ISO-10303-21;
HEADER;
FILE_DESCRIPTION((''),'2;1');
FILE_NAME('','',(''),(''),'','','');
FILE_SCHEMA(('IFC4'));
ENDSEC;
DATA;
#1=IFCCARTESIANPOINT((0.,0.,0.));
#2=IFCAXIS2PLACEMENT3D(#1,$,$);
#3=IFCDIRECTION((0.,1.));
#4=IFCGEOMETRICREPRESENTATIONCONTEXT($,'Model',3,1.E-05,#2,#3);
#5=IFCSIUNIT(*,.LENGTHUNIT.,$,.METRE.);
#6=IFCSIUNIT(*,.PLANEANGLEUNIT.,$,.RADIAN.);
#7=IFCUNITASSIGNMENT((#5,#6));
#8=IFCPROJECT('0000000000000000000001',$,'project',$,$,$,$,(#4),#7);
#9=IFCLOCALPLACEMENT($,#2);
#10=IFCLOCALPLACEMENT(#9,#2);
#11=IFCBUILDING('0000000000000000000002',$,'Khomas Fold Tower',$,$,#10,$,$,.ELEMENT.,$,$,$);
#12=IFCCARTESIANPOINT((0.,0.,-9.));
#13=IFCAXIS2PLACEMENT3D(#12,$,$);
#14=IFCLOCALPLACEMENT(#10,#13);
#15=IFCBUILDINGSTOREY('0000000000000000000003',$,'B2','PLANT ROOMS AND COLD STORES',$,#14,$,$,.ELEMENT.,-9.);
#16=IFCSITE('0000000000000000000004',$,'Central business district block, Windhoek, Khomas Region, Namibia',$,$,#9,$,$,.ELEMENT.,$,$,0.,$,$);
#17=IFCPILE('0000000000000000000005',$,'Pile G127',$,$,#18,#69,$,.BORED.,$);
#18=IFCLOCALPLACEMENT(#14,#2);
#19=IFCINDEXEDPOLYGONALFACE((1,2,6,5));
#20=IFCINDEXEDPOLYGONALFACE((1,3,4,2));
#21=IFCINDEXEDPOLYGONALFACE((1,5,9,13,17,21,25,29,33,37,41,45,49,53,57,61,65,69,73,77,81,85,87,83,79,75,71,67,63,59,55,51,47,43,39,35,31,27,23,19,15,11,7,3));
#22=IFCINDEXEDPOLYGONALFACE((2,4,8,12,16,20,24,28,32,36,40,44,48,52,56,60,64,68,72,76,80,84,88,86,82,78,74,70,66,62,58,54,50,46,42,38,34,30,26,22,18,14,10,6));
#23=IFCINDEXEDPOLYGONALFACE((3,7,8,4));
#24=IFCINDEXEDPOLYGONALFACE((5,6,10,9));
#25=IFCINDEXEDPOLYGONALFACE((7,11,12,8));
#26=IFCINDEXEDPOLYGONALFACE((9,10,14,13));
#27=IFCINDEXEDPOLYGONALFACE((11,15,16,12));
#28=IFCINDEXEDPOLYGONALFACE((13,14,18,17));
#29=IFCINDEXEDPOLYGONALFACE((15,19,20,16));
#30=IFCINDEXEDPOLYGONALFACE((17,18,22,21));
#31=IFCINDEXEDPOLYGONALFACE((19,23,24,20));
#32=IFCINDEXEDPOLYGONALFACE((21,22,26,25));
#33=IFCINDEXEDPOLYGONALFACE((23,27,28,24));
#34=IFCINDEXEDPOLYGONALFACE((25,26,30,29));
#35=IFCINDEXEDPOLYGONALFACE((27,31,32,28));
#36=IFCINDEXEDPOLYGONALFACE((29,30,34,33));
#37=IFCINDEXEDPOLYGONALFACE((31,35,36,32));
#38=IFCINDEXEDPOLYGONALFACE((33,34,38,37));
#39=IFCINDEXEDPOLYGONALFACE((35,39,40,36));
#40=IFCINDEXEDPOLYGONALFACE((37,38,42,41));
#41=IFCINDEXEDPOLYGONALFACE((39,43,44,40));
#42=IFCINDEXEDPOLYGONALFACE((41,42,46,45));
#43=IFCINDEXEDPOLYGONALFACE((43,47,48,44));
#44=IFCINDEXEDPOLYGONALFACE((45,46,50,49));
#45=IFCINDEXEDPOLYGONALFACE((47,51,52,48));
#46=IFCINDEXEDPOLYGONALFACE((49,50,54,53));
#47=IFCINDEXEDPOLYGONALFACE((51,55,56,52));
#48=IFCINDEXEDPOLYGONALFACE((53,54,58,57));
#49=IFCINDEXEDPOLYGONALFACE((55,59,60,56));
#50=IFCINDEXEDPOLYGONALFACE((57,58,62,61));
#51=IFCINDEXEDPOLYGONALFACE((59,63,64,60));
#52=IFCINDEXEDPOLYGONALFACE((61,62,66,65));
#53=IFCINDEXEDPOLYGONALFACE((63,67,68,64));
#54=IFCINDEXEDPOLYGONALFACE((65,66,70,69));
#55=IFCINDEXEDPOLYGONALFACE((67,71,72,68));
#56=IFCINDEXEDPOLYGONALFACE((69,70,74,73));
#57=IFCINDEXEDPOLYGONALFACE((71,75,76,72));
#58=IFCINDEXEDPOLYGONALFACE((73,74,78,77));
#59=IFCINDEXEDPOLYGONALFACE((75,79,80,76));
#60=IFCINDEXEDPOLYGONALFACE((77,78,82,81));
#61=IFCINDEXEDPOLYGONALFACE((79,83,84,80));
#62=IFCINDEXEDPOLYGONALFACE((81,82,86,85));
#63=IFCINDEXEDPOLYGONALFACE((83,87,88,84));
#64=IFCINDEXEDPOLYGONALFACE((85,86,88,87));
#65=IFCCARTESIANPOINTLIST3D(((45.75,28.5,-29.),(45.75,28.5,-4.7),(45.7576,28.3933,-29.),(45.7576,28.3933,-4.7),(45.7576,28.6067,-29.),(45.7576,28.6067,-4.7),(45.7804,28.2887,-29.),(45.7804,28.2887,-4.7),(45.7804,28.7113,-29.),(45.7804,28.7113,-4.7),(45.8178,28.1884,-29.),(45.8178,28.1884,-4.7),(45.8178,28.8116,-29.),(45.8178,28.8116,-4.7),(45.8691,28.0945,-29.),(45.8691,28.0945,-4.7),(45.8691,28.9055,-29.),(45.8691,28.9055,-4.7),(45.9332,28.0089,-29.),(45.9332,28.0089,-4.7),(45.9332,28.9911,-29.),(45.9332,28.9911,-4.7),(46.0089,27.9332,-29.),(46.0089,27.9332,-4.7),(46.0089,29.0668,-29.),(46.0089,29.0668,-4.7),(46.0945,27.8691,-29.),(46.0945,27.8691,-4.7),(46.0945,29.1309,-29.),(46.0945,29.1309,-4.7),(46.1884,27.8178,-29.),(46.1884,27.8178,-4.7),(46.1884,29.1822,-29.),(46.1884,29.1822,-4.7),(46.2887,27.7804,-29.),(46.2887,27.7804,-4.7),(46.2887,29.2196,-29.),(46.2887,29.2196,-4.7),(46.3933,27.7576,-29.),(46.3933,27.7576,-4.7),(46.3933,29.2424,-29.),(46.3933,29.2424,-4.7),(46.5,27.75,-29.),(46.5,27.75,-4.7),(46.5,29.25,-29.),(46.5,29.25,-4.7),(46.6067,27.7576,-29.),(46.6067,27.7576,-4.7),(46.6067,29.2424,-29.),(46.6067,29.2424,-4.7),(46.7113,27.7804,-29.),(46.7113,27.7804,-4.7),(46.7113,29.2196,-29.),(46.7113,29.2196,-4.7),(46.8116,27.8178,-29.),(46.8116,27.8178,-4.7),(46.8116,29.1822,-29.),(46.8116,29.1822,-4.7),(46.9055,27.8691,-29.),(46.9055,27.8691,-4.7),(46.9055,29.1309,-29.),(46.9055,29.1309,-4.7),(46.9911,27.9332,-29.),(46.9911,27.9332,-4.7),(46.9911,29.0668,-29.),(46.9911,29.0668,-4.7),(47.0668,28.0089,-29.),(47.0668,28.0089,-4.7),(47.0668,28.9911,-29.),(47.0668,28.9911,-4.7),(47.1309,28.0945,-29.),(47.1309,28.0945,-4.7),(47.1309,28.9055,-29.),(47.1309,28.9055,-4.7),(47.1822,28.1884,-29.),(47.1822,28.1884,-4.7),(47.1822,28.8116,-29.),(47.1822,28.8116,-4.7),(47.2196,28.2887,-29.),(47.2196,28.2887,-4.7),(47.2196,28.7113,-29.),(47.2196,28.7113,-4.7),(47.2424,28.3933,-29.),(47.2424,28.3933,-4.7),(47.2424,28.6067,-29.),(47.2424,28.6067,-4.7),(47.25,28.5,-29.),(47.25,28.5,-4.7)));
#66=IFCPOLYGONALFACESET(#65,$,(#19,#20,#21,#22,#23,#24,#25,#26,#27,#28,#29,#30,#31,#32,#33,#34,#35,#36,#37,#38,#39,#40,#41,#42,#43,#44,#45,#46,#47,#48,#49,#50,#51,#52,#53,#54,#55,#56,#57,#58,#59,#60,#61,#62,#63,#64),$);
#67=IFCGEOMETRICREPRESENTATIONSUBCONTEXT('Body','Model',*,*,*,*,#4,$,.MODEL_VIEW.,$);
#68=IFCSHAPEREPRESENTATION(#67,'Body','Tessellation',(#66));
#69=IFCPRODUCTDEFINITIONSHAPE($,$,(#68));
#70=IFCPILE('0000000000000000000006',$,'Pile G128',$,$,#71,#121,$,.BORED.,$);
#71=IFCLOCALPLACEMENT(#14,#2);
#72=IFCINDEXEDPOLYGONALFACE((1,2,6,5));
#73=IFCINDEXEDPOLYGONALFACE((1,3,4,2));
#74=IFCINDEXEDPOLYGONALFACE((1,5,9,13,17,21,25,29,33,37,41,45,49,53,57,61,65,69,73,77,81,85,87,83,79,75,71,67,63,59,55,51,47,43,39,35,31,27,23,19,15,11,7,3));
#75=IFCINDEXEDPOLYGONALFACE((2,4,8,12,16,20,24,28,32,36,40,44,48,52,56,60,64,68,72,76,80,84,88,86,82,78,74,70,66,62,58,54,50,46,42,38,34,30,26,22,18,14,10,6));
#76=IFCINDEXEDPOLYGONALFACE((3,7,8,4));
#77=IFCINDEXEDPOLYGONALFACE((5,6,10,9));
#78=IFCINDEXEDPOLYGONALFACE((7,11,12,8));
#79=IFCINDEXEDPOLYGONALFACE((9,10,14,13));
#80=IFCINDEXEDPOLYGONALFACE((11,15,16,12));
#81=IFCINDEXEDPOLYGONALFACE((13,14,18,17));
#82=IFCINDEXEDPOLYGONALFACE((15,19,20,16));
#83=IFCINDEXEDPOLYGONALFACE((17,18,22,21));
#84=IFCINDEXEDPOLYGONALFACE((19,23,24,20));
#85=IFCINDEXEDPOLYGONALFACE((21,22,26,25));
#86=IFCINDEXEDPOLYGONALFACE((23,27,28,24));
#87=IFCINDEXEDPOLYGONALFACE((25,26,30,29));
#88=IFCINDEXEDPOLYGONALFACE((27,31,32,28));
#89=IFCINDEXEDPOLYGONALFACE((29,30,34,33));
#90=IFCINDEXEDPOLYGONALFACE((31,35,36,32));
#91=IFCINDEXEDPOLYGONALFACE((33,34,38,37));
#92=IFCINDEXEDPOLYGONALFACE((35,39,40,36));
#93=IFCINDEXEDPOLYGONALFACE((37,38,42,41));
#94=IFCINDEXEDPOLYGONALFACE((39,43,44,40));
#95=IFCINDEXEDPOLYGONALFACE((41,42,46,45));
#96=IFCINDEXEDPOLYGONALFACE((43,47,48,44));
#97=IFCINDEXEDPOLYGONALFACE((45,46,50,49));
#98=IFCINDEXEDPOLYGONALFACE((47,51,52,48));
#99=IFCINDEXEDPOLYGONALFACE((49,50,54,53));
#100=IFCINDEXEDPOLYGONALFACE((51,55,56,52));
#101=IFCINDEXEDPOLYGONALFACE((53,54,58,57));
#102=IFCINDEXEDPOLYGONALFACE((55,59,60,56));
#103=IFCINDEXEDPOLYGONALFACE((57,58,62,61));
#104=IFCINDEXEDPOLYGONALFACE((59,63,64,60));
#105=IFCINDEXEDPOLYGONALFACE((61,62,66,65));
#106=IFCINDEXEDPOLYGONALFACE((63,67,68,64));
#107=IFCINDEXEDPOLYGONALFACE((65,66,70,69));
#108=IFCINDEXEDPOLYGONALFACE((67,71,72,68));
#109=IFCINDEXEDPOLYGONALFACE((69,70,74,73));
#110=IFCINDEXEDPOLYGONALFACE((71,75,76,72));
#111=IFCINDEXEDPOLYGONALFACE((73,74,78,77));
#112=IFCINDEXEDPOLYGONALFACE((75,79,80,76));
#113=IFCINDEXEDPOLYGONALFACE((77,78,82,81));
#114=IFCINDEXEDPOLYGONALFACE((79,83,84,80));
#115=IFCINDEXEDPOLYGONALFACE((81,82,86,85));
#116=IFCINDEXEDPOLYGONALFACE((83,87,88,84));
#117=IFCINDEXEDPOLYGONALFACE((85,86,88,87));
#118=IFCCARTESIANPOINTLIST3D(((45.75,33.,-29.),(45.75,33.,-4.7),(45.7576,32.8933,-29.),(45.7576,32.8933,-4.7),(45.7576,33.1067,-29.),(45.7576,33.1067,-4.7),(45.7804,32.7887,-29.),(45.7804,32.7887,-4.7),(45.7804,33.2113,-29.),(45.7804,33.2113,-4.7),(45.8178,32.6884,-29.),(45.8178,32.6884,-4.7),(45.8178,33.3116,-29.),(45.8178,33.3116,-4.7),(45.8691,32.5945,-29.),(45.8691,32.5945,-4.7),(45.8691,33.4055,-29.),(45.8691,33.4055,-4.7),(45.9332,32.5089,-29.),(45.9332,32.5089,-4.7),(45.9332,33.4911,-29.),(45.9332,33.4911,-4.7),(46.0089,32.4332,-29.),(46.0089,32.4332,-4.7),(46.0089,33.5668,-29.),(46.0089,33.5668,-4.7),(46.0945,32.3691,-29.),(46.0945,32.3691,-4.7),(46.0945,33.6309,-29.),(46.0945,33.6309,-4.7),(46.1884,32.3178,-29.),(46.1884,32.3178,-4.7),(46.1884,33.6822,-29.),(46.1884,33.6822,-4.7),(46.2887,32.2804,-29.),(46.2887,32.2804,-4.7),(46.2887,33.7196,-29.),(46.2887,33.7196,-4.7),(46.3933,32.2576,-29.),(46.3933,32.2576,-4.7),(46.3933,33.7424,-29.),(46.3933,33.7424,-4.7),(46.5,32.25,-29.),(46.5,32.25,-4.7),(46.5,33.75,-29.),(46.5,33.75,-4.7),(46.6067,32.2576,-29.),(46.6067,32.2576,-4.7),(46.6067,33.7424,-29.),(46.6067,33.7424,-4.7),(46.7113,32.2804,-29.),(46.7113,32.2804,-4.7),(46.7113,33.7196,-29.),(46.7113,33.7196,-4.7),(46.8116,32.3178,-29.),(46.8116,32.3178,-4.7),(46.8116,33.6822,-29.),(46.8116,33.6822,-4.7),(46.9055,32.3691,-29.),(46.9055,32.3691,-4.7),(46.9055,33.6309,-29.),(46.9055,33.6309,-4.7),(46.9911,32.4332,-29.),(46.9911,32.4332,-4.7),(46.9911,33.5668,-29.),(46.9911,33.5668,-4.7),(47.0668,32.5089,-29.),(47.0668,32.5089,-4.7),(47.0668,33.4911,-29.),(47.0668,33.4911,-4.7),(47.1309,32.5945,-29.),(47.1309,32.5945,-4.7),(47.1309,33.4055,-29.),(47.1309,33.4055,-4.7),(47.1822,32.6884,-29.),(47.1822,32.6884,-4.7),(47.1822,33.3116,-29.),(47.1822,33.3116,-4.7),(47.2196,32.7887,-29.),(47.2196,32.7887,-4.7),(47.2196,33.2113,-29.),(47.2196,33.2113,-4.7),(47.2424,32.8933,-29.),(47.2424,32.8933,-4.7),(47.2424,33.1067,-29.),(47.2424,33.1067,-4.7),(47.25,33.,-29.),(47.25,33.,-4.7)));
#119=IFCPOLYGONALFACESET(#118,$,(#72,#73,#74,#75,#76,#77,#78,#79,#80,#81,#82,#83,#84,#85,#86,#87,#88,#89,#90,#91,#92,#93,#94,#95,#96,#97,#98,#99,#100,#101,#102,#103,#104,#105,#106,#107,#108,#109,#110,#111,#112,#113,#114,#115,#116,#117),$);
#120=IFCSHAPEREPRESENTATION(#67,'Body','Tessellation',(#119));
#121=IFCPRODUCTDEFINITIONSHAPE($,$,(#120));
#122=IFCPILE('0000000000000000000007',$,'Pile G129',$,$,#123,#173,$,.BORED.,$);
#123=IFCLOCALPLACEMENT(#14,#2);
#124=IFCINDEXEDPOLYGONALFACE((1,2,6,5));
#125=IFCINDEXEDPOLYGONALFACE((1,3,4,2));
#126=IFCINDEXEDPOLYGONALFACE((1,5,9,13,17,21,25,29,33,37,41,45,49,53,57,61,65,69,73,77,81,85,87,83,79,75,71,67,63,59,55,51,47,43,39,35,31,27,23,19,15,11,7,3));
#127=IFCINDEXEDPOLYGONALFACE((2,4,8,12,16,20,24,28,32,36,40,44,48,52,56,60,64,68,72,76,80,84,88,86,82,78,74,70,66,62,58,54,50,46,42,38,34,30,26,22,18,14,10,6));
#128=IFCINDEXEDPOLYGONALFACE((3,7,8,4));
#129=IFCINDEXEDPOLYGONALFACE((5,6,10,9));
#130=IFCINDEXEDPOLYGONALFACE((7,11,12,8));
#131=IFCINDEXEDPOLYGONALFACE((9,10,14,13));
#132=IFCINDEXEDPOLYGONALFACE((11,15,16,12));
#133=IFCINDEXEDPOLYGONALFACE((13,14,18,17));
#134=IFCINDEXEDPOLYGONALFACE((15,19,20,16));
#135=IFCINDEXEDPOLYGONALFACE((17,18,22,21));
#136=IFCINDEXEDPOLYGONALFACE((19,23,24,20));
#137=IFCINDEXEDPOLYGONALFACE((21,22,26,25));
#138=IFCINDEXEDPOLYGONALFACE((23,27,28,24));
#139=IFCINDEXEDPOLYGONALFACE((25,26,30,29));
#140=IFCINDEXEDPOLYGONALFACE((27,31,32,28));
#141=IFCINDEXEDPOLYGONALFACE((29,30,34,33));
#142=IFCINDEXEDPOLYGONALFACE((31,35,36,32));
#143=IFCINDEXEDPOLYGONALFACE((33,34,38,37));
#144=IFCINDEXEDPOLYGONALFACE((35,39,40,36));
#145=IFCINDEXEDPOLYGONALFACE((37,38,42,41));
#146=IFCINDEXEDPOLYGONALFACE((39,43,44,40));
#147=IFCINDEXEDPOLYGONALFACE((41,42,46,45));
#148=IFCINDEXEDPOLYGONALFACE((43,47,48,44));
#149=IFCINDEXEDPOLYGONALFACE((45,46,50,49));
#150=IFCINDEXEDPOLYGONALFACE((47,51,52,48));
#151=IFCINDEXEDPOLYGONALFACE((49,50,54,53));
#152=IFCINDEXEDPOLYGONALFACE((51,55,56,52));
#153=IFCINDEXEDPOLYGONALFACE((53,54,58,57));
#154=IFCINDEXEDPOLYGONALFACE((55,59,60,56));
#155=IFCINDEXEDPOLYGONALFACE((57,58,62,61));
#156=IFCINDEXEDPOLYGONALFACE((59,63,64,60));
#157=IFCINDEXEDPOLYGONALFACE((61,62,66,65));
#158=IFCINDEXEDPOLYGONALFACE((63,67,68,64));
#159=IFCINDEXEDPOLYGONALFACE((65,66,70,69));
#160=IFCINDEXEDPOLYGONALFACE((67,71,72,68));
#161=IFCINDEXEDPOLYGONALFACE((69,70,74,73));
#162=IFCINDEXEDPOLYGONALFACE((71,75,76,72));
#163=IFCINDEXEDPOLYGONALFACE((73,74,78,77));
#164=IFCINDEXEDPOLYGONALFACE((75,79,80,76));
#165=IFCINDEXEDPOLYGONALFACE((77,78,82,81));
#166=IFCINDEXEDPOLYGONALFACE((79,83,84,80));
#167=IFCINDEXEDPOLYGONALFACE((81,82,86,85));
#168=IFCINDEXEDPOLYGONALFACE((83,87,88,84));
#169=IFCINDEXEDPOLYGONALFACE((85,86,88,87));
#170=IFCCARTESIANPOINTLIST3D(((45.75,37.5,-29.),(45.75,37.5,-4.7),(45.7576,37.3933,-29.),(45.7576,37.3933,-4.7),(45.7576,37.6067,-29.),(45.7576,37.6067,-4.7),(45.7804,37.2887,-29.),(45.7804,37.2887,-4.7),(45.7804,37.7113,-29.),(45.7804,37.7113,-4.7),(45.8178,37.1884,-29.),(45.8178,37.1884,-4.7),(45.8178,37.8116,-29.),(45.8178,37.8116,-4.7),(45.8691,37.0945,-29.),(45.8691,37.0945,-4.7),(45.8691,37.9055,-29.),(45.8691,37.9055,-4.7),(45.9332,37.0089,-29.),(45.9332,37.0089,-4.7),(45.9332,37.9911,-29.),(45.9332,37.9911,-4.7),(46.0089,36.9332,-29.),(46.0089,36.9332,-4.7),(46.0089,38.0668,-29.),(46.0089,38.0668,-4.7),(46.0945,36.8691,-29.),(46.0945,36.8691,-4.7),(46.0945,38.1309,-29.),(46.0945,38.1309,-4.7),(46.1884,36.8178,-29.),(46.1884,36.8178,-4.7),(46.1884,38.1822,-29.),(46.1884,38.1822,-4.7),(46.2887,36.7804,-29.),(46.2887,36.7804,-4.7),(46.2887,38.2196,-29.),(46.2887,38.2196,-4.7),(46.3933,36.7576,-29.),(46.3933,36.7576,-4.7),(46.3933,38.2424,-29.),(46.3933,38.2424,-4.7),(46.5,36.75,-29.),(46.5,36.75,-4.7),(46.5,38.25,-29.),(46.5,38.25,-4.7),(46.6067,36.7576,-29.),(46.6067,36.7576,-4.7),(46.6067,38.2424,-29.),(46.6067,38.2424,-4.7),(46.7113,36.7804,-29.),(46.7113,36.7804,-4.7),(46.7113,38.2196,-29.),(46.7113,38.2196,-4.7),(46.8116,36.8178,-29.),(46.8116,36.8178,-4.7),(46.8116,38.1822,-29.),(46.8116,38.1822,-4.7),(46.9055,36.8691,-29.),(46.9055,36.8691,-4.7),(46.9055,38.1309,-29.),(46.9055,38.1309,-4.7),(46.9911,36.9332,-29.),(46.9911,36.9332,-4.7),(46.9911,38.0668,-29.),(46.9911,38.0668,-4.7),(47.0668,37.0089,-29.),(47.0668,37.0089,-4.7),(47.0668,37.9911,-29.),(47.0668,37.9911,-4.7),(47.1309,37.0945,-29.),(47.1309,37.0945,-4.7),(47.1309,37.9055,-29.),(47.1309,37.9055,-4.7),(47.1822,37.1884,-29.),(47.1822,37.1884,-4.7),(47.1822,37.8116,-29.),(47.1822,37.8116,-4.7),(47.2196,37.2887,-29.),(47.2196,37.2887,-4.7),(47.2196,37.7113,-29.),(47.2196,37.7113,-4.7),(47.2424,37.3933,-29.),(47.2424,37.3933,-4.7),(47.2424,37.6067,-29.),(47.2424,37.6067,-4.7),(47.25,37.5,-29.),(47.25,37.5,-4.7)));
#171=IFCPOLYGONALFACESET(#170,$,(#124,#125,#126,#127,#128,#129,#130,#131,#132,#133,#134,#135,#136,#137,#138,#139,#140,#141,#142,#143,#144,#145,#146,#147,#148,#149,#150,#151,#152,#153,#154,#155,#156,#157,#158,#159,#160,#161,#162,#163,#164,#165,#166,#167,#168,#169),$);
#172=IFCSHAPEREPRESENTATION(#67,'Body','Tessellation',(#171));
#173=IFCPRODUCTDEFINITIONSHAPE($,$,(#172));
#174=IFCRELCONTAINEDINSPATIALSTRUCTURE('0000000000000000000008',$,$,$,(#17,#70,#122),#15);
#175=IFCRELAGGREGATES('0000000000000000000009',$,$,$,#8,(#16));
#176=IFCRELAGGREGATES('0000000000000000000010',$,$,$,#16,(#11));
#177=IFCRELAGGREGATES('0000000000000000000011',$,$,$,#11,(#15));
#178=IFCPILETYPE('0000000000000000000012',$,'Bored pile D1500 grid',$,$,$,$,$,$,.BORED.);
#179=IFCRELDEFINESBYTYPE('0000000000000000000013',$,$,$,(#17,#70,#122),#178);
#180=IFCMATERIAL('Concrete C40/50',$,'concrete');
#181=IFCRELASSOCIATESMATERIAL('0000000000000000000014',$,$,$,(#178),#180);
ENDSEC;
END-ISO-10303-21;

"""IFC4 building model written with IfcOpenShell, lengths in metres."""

from ifc_helpers import new_model, si_unit, direction, frame, origin, origin_2d, place, context, subcontext, project, spatial, circle, extrude, source, transform, mapped, material, material_profile, profile_set, type_object, element, save


model = new_model("IFC4")

# Units and contexts
model_context = context("Model", 3, precision=1e-05, world=origin(), true_north=direction((0.0, 1.0)))
body_context = subcontext(model_context, "Body", "Model", "MODEL_VIEW")
ifc_project = project(units=[si_unit("LENGTHUNIT", "METRE"), si_unit("PLANEANGLEUNIT", "RADIAN")], contexts=[model_context])

# Site, building, storey
site_placement = place(None, origin())
site = spatial("IfcSite", under=ifc_project, at=site_placement, Name="Central business district block, Windhoek, Khomas Region, Namibia", CompositionType="ELEMENT", RefElevation=0.0)
building_placement = place(site_placement, origin())
building = spatial("IfcBuilding", under=site, at=building_placement, Name="Khomas Fold Tower", CompositionType="ELEMENT")
storey_placement = place(building_placement, frame((0.0, 0.0, -9.0)))
storey = spatial("IfcBuildingStorey", under=building, at=storey_placement, Name="B2", Description="PLANT ROOMS AND COLD STORES", CompositionType="ELEMENT", Elevation=-9.0)

# Piles
ifc_material_1 = material(Name="Concrete C40/50", Category="concrete")
ifc_material_profile_1 = material_profile(ifc_material_1, circle(Radius=0.75, at=origin_2d()), Name="PILE D1500")
ifc_profile_set_1 = profile_set([ifc_material_profile_1], Name="Concrete C40/50")
pile_type = type_object("IfcPileType", Name="Bored pile D1500 grid", PredefinedType="BORED", material=ifc_profile_set_1)
shared_shape_1 = source(origin(), body_context, "Body", "SweptSolid", [
    extrude(circle(Radius=0.75, at=origin_2d()), origin(), (0.0, 0.0, 1.0), 24.3),
])
for number, where, z_axis, x_axis, name in (
    (1, (46.5, 28.5, -4.7), (0.0, 0.0, -1.0), (1.0, 0.0, 0.0), "Pile G127"),
    (2, (46.5, 33.0, -4.7), (0.0, 0.0, -1.0), (1.0, 0.0, 0.0), "Pile G128"),
    (3, (46.5, 37.5, -4.7), (0.0, 0.0, -1.0), (1.0, 0.0, 0.0), "Pile G129"),
):
    element("IfcPile", number, at=place(storey_placement, frame(where, z_axis=z_axis, x_axis=x_axis)), inside=storey, type_object=pile_type, Name=name, PredefinedType="BORED", context=body_context, shape_type="MappedRepresentation", body=[
        mapped(shared_shape_1, transform((0.0, 0.0, 0.0))),
    ])

save(model, "model.ifc")
